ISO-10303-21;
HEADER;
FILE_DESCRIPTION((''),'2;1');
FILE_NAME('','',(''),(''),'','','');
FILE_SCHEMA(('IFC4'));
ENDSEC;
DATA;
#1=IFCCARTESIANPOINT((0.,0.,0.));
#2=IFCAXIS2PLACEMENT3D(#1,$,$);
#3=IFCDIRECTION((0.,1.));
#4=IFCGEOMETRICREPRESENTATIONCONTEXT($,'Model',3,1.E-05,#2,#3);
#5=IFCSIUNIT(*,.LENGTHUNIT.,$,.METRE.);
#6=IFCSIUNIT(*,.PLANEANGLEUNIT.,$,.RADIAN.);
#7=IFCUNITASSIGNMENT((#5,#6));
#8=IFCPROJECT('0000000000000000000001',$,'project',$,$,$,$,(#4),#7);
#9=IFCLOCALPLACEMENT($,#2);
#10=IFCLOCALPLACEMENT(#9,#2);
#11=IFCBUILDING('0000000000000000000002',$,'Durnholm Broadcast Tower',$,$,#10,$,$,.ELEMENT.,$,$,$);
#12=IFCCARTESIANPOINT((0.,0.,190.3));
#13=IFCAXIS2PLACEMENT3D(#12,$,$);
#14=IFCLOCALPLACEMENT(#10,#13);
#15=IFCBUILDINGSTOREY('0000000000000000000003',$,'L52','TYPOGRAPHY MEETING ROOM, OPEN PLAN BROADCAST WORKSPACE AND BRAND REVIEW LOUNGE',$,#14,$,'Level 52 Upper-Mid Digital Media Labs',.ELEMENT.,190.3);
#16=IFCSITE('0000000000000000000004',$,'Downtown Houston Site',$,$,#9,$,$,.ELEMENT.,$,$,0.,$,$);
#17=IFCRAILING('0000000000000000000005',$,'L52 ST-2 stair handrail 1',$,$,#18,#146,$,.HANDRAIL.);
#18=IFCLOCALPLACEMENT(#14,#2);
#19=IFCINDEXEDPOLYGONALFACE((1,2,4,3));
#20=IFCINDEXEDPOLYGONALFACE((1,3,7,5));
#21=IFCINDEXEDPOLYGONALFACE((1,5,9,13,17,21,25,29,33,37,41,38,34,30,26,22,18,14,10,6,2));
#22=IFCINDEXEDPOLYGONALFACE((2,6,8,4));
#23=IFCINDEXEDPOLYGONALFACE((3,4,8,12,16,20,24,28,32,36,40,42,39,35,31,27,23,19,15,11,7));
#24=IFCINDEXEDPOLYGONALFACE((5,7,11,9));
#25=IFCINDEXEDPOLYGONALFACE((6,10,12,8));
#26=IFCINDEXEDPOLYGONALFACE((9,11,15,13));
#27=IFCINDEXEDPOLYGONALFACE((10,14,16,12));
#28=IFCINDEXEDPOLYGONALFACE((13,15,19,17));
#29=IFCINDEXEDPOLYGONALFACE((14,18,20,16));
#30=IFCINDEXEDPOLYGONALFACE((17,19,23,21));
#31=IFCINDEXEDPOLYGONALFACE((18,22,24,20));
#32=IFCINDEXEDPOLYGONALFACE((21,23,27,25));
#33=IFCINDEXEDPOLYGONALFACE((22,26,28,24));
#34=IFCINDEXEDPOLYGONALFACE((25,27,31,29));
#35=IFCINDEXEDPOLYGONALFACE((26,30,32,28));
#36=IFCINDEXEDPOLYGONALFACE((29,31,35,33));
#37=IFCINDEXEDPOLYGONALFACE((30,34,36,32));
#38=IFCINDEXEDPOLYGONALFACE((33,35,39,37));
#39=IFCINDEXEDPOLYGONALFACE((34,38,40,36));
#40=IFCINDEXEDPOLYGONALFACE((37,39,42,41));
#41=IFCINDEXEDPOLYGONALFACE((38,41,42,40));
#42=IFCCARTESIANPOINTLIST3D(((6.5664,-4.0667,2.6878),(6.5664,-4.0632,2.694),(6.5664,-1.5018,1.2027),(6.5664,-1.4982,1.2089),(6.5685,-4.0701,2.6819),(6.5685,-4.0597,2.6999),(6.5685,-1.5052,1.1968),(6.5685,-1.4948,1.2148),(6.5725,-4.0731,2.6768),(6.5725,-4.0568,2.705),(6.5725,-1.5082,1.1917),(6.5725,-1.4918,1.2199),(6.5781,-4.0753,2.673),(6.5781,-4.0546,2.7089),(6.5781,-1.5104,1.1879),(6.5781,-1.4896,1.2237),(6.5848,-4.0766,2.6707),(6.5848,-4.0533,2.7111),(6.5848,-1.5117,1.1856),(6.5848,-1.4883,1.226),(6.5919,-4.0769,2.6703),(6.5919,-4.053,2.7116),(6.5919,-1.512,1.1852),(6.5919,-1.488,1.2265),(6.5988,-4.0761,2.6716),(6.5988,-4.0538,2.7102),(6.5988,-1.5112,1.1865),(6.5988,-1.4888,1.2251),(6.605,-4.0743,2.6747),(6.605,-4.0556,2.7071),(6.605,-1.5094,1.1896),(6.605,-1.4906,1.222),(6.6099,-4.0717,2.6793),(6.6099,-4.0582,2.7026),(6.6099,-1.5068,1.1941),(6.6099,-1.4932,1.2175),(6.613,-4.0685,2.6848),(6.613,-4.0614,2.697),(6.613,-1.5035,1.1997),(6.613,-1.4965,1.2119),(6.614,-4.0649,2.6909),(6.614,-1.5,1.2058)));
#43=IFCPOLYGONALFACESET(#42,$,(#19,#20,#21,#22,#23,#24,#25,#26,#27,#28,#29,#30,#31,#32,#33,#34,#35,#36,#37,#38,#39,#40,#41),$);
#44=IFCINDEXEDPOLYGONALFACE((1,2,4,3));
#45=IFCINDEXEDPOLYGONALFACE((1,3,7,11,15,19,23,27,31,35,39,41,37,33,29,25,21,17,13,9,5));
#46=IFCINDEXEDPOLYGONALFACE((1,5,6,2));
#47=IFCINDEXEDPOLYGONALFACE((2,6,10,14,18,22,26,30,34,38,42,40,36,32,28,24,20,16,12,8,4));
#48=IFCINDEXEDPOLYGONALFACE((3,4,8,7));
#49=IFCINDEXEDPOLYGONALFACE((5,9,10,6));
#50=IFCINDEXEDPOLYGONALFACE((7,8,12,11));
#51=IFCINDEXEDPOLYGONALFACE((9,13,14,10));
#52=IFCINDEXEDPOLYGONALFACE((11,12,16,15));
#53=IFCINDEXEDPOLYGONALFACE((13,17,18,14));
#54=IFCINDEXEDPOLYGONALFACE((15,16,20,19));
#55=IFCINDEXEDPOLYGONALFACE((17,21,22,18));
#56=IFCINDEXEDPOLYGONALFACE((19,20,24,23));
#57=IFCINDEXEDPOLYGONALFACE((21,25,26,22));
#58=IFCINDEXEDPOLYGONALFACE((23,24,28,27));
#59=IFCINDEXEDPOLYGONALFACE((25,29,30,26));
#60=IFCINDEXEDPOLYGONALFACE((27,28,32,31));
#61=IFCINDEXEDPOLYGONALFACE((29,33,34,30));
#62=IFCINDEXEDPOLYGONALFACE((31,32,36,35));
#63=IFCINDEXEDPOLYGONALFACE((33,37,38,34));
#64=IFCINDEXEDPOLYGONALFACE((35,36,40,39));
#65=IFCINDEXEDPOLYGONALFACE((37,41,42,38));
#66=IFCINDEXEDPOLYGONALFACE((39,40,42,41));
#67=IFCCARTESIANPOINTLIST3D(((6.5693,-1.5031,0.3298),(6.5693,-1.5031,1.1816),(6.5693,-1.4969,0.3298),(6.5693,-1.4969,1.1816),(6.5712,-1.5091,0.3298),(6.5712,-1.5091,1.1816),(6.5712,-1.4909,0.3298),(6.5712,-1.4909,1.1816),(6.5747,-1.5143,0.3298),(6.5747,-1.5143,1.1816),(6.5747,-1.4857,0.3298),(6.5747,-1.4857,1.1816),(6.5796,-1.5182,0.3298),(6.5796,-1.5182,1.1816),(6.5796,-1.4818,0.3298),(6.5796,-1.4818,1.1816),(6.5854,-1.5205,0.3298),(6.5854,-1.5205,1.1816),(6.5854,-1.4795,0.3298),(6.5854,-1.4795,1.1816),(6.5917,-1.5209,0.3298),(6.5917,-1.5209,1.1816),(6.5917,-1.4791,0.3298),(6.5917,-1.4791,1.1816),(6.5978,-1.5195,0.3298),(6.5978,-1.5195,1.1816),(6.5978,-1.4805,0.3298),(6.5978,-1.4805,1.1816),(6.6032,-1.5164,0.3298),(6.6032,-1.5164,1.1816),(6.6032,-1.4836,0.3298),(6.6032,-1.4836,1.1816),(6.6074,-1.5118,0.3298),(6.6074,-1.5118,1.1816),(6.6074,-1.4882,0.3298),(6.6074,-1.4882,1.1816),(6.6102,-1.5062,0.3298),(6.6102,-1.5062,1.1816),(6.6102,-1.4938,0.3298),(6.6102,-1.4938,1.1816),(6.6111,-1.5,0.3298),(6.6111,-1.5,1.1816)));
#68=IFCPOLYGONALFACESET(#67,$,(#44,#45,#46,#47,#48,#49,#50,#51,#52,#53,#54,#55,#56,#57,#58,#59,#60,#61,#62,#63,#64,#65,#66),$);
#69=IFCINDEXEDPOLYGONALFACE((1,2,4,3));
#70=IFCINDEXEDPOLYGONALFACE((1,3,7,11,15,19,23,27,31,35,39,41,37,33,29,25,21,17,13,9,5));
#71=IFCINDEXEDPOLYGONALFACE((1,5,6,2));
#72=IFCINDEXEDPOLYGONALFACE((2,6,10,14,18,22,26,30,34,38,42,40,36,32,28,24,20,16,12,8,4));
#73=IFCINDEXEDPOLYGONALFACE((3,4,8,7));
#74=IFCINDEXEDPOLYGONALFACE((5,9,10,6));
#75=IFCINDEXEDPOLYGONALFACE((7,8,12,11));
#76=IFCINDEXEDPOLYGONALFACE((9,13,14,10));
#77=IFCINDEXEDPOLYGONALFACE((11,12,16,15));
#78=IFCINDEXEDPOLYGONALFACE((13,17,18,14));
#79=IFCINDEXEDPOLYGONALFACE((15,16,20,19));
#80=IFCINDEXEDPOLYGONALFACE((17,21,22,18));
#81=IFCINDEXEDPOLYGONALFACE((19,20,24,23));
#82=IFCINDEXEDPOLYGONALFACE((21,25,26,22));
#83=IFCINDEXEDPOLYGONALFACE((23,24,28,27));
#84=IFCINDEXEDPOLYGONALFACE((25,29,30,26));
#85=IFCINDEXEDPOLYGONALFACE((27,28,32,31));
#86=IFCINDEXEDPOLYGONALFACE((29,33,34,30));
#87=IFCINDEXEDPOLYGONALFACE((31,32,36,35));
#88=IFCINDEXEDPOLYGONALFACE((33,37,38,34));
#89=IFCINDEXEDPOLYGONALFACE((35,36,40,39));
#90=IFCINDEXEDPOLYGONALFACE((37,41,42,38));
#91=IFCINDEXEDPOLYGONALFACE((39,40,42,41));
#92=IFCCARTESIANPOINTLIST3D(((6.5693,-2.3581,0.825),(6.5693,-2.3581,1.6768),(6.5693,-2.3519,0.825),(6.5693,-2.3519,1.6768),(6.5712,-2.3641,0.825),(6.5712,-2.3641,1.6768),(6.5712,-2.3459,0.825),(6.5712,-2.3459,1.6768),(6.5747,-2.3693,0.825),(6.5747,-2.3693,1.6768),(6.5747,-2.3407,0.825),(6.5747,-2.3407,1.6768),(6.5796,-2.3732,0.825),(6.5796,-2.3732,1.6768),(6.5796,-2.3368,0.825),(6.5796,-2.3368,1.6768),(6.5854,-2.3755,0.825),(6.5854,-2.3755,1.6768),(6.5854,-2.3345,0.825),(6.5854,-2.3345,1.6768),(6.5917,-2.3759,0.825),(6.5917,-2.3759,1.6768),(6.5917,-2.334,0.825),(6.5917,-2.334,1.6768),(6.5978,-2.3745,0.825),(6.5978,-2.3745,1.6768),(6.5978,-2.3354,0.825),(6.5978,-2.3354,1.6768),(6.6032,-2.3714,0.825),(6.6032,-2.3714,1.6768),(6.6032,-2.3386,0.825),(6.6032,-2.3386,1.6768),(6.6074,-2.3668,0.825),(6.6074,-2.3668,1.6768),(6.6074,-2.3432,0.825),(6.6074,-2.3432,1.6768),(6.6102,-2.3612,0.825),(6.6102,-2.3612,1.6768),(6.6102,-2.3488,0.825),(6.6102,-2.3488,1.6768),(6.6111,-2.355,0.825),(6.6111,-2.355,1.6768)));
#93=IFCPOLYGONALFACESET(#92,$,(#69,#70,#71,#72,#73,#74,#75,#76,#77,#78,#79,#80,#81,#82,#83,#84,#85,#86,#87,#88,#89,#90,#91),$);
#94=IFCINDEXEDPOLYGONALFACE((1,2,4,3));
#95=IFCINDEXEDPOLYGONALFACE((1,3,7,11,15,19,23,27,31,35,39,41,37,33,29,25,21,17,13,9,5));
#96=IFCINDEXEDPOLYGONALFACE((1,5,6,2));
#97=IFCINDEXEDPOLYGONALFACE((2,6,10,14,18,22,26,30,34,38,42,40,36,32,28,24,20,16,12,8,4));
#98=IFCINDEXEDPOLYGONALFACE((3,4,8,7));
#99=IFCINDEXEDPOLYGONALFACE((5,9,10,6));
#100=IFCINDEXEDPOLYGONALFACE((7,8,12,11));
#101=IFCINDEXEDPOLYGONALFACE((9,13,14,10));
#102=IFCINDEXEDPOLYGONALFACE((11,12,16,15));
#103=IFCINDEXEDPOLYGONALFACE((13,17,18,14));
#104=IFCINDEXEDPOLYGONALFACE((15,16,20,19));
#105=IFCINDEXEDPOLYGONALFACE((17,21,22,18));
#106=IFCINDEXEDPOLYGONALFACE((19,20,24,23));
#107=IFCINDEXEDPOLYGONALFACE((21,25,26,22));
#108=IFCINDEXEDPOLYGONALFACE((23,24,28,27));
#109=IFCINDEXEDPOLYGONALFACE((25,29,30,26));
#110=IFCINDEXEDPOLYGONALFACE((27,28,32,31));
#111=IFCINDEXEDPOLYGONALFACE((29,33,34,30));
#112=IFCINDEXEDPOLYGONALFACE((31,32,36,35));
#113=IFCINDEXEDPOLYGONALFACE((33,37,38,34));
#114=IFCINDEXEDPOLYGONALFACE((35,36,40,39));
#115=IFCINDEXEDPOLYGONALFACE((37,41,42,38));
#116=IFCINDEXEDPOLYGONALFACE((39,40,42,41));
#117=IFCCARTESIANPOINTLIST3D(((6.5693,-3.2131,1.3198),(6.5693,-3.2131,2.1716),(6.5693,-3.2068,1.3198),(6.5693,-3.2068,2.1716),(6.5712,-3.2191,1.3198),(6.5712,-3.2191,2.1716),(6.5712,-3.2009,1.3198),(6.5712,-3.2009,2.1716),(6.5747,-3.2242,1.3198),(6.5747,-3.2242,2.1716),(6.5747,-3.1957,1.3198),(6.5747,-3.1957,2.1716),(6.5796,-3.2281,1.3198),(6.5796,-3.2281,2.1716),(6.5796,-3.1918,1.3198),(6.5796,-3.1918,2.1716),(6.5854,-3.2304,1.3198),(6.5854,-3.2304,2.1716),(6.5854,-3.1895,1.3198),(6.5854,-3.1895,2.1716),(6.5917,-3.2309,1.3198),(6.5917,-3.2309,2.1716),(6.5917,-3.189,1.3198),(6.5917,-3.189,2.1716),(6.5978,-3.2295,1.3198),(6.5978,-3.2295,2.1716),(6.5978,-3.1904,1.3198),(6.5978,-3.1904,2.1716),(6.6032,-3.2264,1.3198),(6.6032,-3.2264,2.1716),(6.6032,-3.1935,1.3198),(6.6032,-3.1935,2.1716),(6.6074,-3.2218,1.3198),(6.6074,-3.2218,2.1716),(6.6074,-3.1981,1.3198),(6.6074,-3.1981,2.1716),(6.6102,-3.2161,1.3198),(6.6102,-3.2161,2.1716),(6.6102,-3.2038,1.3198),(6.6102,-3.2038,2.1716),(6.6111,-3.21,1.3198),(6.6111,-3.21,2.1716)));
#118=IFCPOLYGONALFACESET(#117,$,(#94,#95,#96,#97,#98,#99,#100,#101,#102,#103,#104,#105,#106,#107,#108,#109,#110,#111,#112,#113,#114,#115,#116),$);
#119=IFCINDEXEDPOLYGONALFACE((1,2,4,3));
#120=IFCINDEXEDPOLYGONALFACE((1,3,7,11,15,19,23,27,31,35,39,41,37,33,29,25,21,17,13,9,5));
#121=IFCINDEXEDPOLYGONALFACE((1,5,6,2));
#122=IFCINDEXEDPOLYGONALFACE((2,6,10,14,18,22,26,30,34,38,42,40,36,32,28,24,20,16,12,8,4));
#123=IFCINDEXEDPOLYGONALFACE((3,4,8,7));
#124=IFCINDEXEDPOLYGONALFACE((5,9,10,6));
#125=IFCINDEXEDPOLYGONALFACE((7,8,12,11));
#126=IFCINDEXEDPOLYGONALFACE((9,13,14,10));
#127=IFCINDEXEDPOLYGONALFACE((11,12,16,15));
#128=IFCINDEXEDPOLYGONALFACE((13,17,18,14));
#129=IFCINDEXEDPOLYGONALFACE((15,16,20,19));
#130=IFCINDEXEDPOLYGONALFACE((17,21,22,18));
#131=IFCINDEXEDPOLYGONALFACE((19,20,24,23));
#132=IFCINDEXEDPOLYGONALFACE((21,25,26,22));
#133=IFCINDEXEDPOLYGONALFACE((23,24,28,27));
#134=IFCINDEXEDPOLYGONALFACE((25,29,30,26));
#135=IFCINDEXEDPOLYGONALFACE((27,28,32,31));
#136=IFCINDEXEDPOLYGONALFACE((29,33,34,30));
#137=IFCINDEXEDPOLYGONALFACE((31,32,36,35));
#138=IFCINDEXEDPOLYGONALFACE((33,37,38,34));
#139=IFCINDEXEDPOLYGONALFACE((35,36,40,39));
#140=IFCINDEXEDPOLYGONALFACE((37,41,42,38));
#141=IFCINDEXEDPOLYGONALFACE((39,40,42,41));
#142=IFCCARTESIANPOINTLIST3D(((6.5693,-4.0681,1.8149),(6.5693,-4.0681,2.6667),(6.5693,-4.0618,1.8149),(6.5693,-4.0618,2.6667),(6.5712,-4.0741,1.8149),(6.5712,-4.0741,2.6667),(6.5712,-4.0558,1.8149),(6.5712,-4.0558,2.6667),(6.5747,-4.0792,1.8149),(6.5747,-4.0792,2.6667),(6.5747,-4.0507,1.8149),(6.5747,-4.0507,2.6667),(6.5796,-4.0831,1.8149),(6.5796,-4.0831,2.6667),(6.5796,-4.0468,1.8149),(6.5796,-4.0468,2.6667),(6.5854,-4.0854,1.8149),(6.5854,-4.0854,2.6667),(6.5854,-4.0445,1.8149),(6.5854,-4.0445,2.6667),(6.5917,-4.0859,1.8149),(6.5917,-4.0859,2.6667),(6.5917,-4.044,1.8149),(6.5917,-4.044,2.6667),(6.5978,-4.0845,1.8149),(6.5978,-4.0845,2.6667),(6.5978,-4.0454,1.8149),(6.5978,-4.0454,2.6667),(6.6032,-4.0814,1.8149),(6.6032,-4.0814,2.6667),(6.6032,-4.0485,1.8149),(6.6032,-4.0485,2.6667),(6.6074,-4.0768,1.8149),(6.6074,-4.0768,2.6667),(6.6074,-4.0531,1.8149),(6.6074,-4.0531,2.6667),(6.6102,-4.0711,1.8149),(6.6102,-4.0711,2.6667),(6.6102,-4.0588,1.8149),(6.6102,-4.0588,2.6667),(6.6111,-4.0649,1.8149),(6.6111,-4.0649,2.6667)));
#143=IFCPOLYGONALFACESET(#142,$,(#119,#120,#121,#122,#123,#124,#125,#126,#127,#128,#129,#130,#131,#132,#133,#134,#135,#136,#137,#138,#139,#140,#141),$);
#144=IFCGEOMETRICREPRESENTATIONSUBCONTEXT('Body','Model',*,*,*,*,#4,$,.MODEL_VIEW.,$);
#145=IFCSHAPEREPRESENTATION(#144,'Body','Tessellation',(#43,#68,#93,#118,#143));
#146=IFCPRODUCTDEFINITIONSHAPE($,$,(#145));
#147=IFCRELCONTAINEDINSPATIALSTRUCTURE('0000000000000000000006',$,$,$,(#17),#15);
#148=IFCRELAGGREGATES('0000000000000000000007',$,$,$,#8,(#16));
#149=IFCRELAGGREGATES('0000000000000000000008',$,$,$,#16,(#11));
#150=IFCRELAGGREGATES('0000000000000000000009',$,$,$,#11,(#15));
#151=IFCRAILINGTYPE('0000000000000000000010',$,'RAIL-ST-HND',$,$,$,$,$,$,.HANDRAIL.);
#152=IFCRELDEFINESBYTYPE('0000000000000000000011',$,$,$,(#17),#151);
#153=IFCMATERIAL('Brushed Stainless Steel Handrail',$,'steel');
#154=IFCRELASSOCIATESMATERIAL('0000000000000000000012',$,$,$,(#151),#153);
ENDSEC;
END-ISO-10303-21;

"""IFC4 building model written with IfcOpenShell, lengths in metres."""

from ifc_helpers import new_model, si_unit, direction, frame, origin, origin_2d, place, context, subcontext, project, spatial, circle, extrude, material, type_object, element, save


model = new_model("IFC4")

# Units and contexts
model_context = context("Model", 3, precision=1e-05, world=origin(), true_north=direction((0.0, 1.0)))
body_context = subcontext(model_context, "Body", "Model", "MODEL_VIEW")
ifc_project = project(units=[si_unit("LENGTHUNIT", "METRE"), si_unit("PLANEANGLEUNIT", "RADIAN")], contexts=[model_context])

# Site, building, storey
site_placement = place(None, origin())
site = spatial("IfcSite", under=ifc_project, at=site_placement, Name="Downtown Houston Site", CompositionType="ELEMENT", RefElevation=0.0)
building_placement = place(site_placement, origin())
building = spatial("IfcBuilding", under=site, at=building_placement, Name="Durnholm Broadcast Tower", CompositionType="ELEMENT")
storey_placement = place(building_placement, frame((0.0, 0.0, 190.3)))
storey = spatial("IfcBuildingStorey", under=building, at=storey_placement, Name="L52", Description="TYPOGRAPHY MEETING ROOM, OPEN PLAN BROADCAST WORKSPACE AND BRAND REVIEW LOUNGE", LongName="Level 52 Upper-Mid Digital Media Labs", CompositionType="ELEMENT", Elevation=190.3)

# Railing
ifc_material_1 = material(Name="Brushed Stainless Steel Handrail", Category="steel")
railing_type_1 = type_object("IfcRailingType", Name="RAIL-ST-HND", PredefinedType="HANDRAIL", material=ifc_material_1)
railing_1_placement = place(storey_placement, frame((6.5901, -1.5, 0.3298)))
element("IfcRailing", 1, at=railing_1_placement, inside=storey, type_object=railing_type_1, Name="L52 ST-2 stair handrail 1", PredefinedType="HANDRAIL", context=body_context, shape_type="SweptSolid", body=[
    extrude(circle(Radius=0.0239, at=origin_2d()), frame((0.0, 0.0, 0.876), z_axis=(0.0, -0.865406, 0.501072), x_axis=(1.0, 0.0, 0.0)), (0.0, 0.0, 1.0), 2.9639),
    extrude(circle(Radius=0.021, at=origin_2d()), origin(), (0.0, 0.0, 1.0), 0.8518),
    extrude(circle(Radius=0.021, at=origin_2d()), frame((0.0, -0.855, 0.4951)), (0.0, 0.0, 1.0), 0.8518),
    extrude(circle(Radius=0.021, at=origin_2d()), frame((0.0, -1.71, 0.99)), (0.0, 0.0, 1.0), 0.8518),
    extrude(circle(Radius=0.021, at=origin_2d()), frame((0.0, -2.5649, 1.4851)), (0.0, 0.0, 1.0), 0.8518),
])

save(model, "model.ifc")
